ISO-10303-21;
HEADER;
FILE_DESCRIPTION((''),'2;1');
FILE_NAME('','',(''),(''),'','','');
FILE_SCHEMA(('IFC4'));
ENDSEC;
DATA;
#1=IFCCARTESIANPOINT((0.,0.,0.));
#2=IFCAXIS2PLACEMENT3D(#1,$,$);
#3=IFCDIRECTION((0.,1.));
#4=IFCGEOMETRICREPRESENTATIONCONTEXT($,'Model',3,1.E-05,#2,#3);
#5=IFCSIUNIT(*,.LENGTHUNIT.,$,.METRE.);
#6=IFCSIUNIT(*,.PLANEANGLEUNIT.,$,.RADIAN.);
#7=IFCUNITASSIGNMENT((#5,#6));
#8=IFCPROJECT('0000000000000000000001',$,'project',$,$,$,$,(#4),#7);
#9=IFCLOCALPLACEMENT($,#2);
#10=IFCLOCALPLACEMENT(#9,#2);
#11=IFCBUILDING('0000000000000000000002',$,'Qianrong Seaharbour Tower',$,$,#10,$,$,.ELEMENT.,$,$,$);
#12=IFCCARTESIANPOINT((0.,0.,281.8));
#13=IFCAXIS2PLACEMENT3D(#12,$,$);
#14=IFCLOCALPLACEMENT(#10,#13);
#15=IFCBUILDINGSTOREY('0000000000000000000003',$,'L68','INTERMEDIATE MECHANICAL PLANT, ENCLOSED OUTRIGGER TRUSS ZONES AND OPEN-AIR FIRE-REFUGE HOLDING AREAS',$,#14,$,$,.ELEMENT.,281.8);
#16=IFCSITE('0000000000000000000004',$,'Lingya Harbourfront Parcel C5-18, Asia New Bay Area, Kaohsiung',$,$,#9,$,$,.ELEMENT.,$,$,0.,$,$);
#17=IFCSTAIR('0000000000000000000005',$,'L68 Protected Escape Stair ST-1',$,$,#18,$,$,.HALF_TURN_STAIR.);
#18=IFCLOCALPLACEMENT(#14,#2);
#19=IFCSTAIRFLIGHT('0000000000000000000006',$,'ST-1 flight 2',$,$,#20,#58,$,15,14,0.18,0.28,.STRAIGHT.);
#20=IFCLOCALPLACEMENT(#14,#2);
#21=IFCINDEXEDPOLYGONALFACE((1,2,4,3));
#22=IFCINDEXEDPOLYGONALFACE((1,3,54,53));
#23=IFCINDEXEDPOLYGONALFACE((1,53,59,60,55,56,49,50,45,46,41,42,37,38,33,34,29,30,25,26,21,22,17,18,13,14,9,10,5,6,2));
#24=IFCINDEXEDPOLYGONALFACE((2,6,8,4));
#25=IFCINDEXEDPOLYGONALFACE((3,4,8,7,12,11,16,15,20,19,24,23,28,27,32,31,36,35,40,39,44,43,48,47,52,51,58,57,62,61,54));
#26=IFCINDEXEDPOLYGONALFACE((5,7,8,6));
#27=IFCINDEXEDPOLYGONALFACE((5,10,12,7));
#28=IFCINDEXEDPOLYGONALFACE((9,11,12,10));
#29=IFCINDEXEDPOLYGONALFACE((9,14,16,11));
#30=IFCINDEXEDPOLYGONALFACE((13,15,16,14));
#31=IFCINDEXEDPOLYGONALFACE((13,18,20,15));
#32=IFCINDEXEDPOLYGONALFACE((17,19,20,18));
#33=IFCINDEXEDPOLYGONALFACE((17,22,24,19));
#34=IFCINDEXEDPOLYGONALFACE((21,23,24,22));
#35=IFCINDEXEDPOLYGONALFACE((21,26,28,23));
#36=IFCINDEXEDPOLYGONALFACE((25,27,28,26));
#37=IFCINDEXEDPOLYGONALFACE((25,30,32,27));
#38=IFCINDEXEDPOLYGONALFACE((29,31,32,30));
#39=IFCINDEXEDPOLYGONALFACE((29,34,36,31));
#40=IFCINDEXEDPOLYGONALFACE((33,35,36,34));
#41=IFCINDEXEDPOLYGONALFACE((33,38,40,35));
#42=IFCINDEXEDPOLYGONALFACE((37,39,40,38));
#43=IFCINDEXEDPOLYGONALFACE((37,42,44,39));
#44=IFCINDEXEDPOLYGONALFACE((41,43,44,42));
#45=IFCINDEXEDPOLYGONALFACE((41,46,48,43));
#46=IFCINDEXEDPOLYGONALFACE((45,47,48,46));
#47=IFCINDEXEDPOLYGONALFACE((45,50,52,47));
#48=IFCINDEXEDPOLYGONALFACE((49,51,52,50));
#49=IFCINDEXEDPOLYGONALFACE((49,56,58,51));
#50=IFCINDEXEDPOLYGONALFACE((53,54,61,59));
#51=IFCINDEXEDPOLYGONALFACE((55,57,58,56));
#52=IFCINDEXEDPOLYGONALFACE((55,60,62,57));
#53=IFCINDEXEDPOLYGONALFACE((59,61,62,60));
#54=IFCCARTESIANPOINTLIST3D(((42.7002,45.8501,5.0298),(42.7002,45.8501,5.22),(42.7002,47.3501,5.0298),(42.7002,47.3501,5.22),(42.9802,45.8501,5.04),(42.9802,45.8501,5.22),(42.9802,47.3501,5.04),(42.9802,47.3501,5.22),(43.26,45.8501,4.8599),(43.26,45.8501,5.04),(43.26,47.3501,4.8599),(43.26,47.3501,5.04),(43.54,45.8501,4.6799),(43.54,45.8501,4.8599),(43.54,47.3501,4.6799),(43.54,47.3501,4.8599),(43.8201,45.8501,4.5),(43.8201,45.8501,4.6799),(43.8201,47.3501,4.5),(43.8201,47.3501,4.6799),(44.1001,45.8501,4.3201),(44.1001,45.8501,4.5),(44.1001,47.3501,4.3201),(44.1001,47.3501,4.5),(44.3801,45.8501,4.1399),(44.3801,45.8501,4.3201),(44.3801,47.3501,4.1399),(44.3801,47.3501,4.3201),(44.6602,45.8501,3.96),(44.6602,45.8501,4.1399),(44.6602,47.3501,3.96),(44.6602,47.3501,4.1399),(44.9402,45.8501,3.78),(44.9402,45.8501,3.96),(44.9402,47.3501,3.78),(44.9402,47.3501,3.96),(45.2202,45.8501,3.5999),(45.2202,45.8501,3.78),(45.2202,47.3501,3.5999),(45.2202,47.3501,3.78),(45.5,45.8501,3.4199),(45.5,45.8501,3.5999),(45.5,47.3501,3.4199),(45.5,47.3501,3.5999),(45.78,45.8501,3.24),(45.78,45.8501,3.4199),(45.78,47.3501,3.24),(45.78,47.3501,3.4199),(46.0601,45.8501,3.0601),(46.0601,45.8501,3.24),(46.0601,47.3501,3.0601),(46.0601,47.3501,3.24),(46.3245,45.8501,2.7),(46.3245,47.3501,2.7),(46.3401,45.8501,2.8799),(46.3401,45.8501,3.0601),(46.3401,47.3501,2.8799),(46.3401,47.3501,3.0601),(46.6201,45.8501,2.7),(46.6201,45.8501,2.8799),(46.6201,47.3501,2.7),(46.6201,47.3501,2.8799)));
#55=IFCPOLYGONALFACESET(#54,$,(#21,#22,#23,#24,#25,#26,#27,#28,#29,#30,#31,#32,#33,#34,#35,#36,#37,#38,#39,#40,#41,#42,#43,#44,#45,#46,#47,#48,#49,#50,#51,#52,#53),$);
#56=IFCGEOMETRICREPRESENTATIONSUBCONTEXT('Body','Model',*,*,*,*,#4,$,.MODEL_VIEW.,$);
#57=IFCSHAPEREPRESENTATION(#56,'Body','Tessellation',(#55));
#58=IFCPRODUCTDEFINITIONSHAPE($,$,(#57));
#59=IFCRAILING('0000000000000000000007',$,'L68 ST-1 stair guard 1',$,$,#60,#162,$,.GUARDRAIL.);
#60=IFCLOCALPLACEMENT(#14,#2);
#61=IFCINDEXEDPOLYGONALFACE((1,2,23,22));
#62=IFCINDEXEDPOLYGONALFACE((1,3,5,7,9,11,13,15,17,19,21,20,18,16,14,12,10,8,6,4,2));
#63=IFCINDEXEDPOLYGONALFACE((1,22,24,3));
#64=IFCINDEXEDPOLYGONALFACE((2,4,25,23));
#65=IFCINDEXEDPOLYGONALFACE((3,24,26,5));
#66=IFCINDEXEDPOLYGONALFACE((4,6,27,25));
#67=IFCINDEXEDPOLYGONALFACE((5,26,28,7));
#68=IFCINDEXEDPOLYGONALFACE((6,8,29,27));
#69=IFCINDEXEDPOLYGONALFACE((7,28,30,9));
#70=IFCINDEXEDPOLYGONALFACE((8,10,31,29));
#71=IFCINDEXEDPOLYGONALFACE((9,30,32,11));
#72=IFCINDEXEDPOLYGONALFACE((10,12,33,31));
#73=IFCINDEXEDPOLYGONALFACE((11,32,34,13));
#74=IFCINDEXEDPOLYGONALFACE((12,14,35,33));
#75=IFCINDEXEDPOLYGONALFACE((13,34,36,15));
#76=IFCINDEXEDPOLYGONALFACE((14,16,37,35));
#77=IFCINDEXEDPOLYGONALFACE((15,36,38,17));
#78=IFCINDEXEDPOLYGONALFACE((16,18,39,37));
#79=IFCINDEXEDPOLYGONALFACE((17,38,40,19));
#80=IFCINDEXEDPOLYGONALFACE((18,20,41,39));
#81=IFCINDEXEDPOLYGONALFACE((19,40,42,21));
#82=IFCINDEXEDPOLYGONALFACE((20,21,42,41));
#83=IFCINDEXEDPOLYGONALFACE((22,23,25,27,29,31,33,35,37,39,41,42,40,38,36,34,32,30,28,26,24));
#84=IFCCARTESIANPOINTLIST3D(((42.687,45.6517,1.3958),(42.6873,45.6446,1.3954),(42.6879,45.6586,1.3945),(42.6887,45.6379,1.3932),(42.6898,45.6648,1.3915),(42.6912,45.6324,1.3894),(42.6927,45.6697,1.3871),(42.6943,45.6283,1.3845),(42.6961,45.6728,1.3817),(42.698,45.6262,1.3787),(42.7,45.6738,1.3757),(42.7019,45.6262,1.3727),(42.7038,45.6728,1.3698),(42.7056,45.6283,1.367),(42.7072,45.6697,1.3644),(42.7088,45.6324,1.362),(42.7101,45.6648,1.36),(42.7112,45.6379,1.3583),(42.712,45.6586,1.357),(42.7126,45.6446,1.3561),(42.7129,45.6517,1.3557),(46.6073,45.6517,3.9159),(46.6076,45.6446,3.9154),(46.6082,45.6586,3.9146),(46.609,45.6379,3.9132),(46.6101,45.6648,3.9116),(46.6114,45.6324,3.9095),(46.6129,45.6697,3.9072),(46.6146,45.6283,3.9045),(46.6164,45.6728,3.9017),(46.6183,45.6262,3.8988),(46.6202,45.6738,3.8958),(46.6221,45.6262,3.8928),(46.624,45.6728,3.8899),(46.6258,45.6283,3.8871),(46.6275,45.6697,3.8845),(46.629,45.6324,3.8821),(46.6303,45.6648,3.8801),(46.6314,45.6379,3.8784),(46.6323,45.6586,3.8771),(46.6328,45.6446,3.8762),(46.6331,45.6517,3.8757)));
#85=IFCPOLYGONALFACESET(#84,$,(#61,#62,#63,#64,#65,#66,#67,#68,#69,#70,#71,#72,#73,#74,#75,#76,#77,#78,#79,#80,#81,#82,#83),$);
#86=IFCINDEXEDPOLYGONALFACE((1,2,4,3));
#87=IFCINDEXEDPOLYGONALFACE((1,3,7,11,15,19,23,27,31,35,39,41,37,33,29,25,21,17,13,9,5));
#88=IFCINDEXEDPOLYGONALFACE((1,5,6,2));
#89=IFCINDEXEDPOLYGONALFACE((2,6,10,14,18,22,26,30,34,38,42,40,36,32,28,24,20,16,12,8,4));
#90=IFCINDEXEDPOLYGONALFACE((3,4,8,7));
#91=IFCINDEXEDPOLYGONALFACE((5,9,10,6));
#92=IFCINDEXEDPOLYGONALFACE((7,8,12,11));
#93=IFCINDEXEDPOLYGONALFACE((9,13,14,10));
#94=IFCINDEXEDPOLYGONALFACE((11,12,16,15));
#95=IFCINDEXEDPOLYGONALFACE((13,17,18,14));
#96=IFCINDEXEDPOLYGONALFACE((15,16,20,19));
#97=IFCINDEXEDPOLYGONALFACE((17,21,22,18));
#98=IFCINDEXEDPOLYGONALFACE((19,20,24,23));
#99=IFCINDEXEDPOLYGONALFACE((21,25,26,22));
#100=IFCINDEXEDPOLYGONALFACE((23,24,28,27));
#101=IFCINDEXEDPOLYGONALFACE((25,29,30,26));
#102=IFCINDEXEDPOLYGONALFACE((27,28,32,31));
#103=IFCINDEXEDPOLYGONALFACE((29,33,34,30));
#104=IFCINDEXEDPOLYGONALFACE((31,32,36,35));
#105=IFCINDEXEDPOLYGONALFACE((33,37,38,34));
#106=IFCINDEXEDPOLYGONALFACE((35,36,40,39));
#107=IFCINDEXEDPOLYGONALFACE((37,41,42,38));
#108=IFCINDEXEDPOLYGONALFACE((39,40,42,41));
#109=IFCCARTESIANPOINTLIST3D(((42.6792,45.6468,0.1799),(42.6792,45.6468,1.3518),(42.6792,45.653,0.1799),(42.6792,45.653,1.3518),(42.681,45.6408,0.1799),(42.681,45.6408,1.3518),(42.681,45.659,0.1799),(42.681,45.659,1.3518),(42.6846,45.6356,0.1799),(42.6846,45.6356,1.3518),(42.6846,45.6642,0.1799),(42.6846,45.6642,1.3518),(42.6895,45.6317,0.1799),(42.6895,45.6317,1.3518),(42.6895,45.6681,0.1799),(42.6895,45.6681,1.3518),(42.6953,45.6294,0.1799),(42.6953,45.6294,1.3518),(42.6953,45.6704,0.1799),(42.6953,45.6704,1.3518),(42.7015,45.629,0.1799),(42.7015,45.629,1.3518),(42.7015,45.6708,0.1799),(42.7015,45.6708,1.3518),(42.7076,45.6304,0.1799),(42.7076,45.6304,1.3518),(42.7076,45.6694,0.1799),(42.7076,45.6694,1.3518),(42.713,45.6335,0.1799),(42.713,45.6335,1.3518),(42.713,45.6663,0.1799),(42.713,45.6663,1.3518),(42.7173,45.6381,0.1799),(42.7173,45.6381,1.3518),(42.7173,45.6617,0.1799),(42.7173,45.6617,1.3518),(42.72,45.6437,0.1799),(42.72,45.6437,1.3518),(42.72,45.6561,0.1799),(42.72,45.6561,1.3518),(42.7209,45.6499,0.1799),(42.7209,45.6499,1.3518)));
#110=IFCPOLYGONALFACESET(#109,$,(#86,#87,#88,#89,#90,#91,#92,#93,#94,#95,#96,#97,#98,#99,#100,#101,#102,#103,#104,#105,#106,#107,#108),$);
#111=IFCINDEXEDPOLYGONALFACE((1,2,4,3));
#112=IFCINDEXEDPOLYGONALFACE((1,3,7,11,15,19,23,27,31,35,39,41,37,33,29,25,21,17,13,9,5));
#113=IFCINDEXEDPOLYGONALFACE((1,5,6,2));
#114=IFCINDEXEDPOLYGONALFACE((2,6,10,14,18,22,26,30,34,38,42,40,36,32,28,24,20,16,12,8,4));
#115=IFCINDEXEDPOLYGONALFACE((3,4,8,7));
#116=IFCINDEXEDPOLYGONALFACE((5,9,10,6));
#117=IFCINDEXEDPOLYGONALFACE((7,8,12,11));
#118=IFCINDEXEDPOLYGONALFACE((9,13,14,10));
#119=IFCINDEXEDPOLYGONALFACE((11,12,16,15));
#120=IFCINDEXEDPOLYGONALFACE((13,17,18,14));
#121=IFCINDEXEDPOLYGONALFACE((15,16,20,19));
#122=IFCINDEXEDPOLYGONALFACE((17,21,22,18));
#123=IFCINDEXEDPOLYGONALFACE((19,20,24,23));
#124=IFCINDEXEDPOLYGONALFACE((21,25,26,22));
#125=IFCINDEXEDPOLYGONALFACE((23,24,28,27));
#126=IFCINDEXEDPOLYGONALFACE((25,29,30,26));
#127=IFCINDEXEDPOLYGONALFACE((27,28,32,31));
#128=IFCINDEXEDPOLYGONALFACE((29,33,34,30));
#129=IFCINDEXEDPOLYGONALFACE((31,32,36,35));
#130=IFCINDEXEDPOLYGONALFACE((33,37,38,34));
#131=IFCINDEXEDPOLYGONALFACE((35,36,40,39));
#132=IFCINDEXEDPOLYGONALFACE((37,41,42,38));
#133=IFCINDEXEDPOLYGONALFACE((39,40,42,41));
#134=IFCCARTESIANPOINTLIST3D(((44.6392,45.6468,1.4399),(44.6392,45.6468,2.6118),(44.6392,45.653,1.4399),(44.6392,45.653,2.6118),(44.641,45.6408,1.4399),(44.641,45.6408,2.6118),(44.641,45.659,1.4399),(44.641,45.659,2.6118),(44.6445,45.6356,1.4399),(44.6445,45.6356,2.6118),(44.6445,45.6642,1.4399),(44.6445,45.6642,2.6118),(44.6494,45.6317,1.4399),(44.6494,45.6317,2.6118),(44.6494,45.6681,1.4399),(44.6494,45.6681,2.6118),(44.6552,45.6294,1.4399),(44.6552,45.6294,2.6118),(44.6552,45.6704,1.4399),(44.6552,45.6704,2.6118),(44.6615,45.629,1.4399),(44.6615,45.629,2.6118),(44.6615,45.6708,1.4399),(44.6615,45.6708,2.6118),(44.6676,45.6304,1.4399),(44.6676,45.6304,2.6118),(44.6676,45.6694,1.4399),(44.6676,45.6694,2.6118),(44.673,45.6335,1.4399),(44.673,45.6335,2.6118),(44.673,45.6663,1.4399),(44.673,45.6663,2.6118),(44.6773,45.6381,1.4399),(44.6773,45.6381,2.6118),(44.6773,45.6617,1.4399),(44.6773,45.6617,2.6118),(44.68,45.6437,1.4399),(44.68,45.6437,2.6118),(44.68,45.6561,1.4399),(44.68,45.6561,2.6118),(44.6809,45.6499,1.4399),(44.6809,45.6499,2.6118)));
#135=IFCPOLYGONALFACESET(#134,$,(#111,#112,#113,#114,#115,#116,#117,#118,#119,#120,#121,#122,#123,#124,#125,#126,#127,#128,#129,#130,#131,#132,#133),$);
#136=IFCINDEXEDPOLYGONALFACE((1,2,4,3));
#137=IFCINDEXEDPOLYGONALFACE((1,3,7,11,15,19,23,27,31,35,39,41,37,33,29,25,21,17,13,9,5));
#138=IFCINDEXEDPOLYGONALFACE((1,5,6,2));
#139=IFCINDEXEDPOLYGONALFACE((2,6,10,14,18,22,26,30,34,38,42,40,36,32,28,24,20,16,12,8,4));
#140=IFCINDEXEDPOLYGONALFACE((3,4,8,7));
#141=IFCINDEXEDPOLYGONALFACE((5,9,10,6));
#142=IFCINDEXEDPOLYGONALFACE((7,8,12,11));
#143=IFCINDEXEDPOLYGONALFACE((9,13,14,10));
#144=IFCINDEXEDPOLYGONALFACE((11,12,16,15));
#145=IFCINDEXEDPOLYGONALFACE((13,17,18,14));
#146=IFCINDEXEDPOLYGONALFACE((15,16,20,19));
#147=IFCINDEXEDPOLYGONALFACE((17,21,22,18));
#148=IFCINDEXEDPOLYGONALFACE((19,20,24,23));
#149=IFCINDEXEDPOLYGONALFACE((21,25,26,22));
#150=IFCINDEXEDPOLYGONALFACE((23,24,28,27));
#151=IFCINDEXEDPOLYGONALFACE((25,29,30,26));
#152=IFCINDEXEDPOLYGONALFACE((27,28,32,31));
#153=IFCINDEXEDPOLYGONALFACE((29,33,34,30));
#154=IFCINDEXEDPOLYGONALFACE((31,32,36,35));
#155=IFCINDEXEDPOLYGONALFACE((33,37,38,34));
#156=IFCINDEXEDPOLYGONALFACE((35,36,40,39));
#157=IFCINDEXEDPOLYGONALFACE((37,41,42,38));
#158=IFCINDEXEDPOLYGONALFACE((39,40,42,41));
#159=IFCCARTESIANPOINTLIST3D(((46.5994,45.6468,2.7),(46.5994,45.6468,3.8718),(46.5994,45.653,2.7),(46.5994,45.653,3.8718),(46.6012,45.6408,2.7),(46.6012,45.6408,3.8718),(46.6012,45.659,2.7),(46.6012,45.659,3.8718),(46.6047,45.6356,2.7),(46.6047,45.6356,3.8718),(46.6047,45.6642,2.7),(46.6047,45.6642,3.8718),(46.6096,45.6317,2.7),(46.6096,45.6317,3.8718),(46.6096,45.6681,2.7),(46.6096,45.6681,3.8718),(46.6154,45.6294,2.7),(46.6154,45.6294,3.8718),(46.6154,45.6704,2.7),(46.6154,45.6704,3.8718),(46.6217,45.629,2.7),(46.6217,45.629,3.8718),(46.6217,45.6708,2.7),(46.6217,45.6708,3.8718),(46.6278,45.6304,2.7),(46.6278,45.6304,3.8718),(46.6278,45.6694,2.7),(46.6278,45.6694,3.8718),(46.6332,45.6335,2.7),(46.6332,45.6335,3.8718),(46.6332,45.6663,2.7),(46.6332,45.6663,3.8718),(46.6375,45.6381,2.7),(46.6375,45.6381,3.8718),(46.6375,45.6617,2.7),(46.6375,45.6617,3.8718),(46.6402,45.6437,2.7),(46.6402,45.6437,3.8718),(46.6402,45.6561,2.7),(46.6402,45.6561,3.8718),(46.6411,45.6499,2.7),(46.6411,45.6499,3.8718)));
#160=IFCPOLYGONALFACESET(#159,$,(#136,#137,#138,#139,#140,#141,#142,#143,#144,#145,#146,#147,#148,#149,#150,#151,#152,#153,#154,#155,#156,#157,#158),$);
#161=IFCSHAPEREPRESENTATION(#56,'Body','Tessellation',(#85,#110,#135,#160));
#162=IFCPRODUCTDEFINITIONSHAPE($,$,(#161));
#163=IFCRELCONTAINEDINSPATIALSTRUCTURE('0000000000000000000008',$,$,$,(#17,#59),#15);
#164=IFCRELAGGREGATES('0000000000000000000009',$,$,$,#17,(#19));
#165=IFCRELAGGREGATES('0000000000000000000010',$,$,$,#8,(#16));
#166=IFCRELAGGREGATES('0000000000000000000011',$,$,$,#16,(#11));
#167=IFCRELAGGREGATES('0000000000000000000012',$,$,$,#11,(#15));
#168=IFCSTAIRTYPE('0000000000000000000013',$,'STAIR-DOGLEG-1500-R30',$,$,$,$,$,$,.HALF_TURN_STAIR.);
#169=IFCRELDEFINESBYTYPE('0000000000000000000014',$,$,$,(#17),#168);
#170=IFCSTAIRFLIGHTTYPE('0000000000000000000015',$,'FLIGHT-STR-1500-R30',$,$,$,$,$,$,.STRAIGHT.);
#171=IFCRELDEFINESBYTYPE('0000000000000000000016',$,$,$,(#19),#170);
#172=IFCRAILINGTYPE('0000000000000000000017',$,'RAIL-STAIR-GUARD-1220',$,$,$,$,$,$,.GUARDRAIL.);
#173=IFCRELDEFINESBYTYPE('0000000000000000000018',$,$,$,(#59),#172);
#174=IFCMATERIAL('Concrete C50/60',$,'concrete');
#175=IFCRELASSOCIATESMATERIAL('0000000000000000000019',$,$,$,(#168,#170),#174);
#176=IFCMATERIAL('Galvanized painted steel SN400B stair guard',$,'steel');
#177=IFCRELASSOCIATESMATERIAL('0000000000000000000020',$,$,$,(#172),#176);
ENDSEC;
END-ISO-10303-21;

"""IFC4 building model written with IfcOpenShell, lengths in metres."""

from ifc_helpers import new_model, si_unit, direction, frame, origin, origin_2d, place, context, subcontext, project, spatial, polyline, circle, outline, extrude, material, type_object, element, aggregate, save


model = new_model("IFC4")

# Units and contexts
model_context = context("Model", 3, precision=1e-05, world=origin(), true_north=direction((0.0, 1.0)))
body_context = subcontext(model_context, "Body", "Model", "MODEL_VIEW")
ifc_project = project(units=[si_unit("LENGTHUNIT", "METRE"), si_unit("PLANEANGLEUNIT", "RADIAN")], contexts=[model_context])

# Site, building, storey
site_placement = place(None, origin())
site = spatial("IfcSite", under=ifc_project, at=site_placement, Name="Lingya Harbourfront Parcel C5-18, Asia New Bay Area, Kaohsiung", CompositionType="ELEMENT", RefElevation=0.0)
building_placement = place(site_placement, origin())
building = spatial("IfcBuilding", under=site, at=building_placement, Name="Qianrong Seaharbour Tower", CompositionType="ELEMENT")
storey_placement = place(building_placement, frame((0.0, 0.0, 281.8)))
storey = spatial("IfcBuildingStorey", under=building, at=storey_placement, Name="L68", Description="INTERMEDIATE MECHANICAL PLANT, ENCLOSED OUTRIGGER TRUSS ZONES AND OPEN-AIR FIRE-REFUGE HOLDING AREAS", CompositionType="ELEMENT", Elevation=281.8)

# Shared definitions
ifc_material_1 = material(Name="Concrete C50/60", Category="concrete")

# Stair, stair flight
stair_type = type_object("IfcStairType", Name="STAIR-DOGLEG-1500-R30", PredefinedType="HALF_TURN_STAIR", material=ifc_material_1)
stair_placement = place(storey_placement, origin())
stair = element("IfcStair", 1, at=stair_placement, inside=storey, type_object=stair_type, Name="L68 Protected Escape Stair ST-1", PredefinedType="HALF_TURN_STAIR")
stair_flight_type = type_object("IfcStairFlightType", Name="FLIGHT-STR-1500-R30", PredefinedType="STRAIGHT", material=ifc_material_1)
stair_flight_1_placement = place(storey_placement, frame((46.6201, 46.6001, 2.7), z_axis=(0.0, 0.0, 1.0), x_axis=(-1.0, 0.0, 0.0)))
stair_flight_1 = element("IfcStairFlight", 2, at=stair_flight_1_placement, type_object=stair_flight_type, Name="ST-1 flight 2", NumberOfRisers=15, NumberOfTreads=14, PredefinedType="STRAIGHT", RiserHeight=0.18, TreadLength=0.28, context=body_context, shape_type="SweptSolid", body=[
    extrude(outline(polyline([(0.0, 0.0), (0.0, 0.1799), (0.28, 0.1799), (0.28, 0.3601), (0.5601, 0.3601), (0.5601, 0.54), (0.8401, 0.54), (0.8401, 0.72), (1.1201, 0.72), (1.1201, 0.8999), (1.3999, 0.8999), (1.3999, 1.0801), (1.6799, 1.0801), (1.6799, 1.26), (1.96, 1.26), (1.96, 1.4399), (2.24, 1.4399), (2.24, 1.6201), (2.52, 1.6201), (2.52, 1.8), (2.8, 1.8), (2.8, 1.98), (3.0801, 1.98), (3.0801, 2.1599), (3.3601, 2.1599), (3.3601, 2.3401), (3.6399, 2.3401), (3.6399, 2.52), (3.9199, 2.52), (3.9199, 2.7), (3.9199, 2.3298), (0.2957, 0.0), (0.0, 0.0)])), frame((0.0, 0.75, 0.0), z_axis=(0.0, -1.0, 0.0), x_axis=(1.0, 0.0, 0.0)), (0.0, 0.0, 1.0), 1.5),
])
aggregate(stair, [stair_flight_1])

# Railing
ifc_material_2 = material(Name="Galvanized painted steel SN400B stair guard", Category="steel")
railing_type_1 = type_object("IfcRailingType", Name="RAIL-STAIR-GUARD-1220", PredefinedType="GUARDRAIL", material=ifc_material_2)
railing_1_placement = place(storey_placement, frame((42.7, 45.6499, 0.1799)))
element("IfcRailing", 3, at=railing_1_placement, inside=storey, type_object=railing_type_1, Name="L68 ST-1 stair guard 1", PredefinedType="GUARDRAIL", context=body_context, shape_type="SweptSolid", body=[
    extrude(circle(Radius=0.0239, at=origin_2d()), frame((0.0, 0.0, 1.1958), z_axis=(0.841187, 0.0, 0.540744), x_axis=(0.0, 1.0, 0.0)), (0.0, 0.0, 1.0), 4.6604),
    extrude(circle(Radius=0.021, at=origin_2d()), origin(), (0.0, 0.0, 1.0), 1.1719),
    extrude(circle(Radius=0.021, at=origin_2d()), frame((1.96, 0.0, 1.26)), (0.0, 0.0, 1.0), 1.1719),
    extrude(circle(Radius=0.021, at=origin_2d()), frame((3.9202, 0.0, 2.52)), (0.0, 0.0, 1.0), 1.1719),
])

save(model, "model.ifc")
